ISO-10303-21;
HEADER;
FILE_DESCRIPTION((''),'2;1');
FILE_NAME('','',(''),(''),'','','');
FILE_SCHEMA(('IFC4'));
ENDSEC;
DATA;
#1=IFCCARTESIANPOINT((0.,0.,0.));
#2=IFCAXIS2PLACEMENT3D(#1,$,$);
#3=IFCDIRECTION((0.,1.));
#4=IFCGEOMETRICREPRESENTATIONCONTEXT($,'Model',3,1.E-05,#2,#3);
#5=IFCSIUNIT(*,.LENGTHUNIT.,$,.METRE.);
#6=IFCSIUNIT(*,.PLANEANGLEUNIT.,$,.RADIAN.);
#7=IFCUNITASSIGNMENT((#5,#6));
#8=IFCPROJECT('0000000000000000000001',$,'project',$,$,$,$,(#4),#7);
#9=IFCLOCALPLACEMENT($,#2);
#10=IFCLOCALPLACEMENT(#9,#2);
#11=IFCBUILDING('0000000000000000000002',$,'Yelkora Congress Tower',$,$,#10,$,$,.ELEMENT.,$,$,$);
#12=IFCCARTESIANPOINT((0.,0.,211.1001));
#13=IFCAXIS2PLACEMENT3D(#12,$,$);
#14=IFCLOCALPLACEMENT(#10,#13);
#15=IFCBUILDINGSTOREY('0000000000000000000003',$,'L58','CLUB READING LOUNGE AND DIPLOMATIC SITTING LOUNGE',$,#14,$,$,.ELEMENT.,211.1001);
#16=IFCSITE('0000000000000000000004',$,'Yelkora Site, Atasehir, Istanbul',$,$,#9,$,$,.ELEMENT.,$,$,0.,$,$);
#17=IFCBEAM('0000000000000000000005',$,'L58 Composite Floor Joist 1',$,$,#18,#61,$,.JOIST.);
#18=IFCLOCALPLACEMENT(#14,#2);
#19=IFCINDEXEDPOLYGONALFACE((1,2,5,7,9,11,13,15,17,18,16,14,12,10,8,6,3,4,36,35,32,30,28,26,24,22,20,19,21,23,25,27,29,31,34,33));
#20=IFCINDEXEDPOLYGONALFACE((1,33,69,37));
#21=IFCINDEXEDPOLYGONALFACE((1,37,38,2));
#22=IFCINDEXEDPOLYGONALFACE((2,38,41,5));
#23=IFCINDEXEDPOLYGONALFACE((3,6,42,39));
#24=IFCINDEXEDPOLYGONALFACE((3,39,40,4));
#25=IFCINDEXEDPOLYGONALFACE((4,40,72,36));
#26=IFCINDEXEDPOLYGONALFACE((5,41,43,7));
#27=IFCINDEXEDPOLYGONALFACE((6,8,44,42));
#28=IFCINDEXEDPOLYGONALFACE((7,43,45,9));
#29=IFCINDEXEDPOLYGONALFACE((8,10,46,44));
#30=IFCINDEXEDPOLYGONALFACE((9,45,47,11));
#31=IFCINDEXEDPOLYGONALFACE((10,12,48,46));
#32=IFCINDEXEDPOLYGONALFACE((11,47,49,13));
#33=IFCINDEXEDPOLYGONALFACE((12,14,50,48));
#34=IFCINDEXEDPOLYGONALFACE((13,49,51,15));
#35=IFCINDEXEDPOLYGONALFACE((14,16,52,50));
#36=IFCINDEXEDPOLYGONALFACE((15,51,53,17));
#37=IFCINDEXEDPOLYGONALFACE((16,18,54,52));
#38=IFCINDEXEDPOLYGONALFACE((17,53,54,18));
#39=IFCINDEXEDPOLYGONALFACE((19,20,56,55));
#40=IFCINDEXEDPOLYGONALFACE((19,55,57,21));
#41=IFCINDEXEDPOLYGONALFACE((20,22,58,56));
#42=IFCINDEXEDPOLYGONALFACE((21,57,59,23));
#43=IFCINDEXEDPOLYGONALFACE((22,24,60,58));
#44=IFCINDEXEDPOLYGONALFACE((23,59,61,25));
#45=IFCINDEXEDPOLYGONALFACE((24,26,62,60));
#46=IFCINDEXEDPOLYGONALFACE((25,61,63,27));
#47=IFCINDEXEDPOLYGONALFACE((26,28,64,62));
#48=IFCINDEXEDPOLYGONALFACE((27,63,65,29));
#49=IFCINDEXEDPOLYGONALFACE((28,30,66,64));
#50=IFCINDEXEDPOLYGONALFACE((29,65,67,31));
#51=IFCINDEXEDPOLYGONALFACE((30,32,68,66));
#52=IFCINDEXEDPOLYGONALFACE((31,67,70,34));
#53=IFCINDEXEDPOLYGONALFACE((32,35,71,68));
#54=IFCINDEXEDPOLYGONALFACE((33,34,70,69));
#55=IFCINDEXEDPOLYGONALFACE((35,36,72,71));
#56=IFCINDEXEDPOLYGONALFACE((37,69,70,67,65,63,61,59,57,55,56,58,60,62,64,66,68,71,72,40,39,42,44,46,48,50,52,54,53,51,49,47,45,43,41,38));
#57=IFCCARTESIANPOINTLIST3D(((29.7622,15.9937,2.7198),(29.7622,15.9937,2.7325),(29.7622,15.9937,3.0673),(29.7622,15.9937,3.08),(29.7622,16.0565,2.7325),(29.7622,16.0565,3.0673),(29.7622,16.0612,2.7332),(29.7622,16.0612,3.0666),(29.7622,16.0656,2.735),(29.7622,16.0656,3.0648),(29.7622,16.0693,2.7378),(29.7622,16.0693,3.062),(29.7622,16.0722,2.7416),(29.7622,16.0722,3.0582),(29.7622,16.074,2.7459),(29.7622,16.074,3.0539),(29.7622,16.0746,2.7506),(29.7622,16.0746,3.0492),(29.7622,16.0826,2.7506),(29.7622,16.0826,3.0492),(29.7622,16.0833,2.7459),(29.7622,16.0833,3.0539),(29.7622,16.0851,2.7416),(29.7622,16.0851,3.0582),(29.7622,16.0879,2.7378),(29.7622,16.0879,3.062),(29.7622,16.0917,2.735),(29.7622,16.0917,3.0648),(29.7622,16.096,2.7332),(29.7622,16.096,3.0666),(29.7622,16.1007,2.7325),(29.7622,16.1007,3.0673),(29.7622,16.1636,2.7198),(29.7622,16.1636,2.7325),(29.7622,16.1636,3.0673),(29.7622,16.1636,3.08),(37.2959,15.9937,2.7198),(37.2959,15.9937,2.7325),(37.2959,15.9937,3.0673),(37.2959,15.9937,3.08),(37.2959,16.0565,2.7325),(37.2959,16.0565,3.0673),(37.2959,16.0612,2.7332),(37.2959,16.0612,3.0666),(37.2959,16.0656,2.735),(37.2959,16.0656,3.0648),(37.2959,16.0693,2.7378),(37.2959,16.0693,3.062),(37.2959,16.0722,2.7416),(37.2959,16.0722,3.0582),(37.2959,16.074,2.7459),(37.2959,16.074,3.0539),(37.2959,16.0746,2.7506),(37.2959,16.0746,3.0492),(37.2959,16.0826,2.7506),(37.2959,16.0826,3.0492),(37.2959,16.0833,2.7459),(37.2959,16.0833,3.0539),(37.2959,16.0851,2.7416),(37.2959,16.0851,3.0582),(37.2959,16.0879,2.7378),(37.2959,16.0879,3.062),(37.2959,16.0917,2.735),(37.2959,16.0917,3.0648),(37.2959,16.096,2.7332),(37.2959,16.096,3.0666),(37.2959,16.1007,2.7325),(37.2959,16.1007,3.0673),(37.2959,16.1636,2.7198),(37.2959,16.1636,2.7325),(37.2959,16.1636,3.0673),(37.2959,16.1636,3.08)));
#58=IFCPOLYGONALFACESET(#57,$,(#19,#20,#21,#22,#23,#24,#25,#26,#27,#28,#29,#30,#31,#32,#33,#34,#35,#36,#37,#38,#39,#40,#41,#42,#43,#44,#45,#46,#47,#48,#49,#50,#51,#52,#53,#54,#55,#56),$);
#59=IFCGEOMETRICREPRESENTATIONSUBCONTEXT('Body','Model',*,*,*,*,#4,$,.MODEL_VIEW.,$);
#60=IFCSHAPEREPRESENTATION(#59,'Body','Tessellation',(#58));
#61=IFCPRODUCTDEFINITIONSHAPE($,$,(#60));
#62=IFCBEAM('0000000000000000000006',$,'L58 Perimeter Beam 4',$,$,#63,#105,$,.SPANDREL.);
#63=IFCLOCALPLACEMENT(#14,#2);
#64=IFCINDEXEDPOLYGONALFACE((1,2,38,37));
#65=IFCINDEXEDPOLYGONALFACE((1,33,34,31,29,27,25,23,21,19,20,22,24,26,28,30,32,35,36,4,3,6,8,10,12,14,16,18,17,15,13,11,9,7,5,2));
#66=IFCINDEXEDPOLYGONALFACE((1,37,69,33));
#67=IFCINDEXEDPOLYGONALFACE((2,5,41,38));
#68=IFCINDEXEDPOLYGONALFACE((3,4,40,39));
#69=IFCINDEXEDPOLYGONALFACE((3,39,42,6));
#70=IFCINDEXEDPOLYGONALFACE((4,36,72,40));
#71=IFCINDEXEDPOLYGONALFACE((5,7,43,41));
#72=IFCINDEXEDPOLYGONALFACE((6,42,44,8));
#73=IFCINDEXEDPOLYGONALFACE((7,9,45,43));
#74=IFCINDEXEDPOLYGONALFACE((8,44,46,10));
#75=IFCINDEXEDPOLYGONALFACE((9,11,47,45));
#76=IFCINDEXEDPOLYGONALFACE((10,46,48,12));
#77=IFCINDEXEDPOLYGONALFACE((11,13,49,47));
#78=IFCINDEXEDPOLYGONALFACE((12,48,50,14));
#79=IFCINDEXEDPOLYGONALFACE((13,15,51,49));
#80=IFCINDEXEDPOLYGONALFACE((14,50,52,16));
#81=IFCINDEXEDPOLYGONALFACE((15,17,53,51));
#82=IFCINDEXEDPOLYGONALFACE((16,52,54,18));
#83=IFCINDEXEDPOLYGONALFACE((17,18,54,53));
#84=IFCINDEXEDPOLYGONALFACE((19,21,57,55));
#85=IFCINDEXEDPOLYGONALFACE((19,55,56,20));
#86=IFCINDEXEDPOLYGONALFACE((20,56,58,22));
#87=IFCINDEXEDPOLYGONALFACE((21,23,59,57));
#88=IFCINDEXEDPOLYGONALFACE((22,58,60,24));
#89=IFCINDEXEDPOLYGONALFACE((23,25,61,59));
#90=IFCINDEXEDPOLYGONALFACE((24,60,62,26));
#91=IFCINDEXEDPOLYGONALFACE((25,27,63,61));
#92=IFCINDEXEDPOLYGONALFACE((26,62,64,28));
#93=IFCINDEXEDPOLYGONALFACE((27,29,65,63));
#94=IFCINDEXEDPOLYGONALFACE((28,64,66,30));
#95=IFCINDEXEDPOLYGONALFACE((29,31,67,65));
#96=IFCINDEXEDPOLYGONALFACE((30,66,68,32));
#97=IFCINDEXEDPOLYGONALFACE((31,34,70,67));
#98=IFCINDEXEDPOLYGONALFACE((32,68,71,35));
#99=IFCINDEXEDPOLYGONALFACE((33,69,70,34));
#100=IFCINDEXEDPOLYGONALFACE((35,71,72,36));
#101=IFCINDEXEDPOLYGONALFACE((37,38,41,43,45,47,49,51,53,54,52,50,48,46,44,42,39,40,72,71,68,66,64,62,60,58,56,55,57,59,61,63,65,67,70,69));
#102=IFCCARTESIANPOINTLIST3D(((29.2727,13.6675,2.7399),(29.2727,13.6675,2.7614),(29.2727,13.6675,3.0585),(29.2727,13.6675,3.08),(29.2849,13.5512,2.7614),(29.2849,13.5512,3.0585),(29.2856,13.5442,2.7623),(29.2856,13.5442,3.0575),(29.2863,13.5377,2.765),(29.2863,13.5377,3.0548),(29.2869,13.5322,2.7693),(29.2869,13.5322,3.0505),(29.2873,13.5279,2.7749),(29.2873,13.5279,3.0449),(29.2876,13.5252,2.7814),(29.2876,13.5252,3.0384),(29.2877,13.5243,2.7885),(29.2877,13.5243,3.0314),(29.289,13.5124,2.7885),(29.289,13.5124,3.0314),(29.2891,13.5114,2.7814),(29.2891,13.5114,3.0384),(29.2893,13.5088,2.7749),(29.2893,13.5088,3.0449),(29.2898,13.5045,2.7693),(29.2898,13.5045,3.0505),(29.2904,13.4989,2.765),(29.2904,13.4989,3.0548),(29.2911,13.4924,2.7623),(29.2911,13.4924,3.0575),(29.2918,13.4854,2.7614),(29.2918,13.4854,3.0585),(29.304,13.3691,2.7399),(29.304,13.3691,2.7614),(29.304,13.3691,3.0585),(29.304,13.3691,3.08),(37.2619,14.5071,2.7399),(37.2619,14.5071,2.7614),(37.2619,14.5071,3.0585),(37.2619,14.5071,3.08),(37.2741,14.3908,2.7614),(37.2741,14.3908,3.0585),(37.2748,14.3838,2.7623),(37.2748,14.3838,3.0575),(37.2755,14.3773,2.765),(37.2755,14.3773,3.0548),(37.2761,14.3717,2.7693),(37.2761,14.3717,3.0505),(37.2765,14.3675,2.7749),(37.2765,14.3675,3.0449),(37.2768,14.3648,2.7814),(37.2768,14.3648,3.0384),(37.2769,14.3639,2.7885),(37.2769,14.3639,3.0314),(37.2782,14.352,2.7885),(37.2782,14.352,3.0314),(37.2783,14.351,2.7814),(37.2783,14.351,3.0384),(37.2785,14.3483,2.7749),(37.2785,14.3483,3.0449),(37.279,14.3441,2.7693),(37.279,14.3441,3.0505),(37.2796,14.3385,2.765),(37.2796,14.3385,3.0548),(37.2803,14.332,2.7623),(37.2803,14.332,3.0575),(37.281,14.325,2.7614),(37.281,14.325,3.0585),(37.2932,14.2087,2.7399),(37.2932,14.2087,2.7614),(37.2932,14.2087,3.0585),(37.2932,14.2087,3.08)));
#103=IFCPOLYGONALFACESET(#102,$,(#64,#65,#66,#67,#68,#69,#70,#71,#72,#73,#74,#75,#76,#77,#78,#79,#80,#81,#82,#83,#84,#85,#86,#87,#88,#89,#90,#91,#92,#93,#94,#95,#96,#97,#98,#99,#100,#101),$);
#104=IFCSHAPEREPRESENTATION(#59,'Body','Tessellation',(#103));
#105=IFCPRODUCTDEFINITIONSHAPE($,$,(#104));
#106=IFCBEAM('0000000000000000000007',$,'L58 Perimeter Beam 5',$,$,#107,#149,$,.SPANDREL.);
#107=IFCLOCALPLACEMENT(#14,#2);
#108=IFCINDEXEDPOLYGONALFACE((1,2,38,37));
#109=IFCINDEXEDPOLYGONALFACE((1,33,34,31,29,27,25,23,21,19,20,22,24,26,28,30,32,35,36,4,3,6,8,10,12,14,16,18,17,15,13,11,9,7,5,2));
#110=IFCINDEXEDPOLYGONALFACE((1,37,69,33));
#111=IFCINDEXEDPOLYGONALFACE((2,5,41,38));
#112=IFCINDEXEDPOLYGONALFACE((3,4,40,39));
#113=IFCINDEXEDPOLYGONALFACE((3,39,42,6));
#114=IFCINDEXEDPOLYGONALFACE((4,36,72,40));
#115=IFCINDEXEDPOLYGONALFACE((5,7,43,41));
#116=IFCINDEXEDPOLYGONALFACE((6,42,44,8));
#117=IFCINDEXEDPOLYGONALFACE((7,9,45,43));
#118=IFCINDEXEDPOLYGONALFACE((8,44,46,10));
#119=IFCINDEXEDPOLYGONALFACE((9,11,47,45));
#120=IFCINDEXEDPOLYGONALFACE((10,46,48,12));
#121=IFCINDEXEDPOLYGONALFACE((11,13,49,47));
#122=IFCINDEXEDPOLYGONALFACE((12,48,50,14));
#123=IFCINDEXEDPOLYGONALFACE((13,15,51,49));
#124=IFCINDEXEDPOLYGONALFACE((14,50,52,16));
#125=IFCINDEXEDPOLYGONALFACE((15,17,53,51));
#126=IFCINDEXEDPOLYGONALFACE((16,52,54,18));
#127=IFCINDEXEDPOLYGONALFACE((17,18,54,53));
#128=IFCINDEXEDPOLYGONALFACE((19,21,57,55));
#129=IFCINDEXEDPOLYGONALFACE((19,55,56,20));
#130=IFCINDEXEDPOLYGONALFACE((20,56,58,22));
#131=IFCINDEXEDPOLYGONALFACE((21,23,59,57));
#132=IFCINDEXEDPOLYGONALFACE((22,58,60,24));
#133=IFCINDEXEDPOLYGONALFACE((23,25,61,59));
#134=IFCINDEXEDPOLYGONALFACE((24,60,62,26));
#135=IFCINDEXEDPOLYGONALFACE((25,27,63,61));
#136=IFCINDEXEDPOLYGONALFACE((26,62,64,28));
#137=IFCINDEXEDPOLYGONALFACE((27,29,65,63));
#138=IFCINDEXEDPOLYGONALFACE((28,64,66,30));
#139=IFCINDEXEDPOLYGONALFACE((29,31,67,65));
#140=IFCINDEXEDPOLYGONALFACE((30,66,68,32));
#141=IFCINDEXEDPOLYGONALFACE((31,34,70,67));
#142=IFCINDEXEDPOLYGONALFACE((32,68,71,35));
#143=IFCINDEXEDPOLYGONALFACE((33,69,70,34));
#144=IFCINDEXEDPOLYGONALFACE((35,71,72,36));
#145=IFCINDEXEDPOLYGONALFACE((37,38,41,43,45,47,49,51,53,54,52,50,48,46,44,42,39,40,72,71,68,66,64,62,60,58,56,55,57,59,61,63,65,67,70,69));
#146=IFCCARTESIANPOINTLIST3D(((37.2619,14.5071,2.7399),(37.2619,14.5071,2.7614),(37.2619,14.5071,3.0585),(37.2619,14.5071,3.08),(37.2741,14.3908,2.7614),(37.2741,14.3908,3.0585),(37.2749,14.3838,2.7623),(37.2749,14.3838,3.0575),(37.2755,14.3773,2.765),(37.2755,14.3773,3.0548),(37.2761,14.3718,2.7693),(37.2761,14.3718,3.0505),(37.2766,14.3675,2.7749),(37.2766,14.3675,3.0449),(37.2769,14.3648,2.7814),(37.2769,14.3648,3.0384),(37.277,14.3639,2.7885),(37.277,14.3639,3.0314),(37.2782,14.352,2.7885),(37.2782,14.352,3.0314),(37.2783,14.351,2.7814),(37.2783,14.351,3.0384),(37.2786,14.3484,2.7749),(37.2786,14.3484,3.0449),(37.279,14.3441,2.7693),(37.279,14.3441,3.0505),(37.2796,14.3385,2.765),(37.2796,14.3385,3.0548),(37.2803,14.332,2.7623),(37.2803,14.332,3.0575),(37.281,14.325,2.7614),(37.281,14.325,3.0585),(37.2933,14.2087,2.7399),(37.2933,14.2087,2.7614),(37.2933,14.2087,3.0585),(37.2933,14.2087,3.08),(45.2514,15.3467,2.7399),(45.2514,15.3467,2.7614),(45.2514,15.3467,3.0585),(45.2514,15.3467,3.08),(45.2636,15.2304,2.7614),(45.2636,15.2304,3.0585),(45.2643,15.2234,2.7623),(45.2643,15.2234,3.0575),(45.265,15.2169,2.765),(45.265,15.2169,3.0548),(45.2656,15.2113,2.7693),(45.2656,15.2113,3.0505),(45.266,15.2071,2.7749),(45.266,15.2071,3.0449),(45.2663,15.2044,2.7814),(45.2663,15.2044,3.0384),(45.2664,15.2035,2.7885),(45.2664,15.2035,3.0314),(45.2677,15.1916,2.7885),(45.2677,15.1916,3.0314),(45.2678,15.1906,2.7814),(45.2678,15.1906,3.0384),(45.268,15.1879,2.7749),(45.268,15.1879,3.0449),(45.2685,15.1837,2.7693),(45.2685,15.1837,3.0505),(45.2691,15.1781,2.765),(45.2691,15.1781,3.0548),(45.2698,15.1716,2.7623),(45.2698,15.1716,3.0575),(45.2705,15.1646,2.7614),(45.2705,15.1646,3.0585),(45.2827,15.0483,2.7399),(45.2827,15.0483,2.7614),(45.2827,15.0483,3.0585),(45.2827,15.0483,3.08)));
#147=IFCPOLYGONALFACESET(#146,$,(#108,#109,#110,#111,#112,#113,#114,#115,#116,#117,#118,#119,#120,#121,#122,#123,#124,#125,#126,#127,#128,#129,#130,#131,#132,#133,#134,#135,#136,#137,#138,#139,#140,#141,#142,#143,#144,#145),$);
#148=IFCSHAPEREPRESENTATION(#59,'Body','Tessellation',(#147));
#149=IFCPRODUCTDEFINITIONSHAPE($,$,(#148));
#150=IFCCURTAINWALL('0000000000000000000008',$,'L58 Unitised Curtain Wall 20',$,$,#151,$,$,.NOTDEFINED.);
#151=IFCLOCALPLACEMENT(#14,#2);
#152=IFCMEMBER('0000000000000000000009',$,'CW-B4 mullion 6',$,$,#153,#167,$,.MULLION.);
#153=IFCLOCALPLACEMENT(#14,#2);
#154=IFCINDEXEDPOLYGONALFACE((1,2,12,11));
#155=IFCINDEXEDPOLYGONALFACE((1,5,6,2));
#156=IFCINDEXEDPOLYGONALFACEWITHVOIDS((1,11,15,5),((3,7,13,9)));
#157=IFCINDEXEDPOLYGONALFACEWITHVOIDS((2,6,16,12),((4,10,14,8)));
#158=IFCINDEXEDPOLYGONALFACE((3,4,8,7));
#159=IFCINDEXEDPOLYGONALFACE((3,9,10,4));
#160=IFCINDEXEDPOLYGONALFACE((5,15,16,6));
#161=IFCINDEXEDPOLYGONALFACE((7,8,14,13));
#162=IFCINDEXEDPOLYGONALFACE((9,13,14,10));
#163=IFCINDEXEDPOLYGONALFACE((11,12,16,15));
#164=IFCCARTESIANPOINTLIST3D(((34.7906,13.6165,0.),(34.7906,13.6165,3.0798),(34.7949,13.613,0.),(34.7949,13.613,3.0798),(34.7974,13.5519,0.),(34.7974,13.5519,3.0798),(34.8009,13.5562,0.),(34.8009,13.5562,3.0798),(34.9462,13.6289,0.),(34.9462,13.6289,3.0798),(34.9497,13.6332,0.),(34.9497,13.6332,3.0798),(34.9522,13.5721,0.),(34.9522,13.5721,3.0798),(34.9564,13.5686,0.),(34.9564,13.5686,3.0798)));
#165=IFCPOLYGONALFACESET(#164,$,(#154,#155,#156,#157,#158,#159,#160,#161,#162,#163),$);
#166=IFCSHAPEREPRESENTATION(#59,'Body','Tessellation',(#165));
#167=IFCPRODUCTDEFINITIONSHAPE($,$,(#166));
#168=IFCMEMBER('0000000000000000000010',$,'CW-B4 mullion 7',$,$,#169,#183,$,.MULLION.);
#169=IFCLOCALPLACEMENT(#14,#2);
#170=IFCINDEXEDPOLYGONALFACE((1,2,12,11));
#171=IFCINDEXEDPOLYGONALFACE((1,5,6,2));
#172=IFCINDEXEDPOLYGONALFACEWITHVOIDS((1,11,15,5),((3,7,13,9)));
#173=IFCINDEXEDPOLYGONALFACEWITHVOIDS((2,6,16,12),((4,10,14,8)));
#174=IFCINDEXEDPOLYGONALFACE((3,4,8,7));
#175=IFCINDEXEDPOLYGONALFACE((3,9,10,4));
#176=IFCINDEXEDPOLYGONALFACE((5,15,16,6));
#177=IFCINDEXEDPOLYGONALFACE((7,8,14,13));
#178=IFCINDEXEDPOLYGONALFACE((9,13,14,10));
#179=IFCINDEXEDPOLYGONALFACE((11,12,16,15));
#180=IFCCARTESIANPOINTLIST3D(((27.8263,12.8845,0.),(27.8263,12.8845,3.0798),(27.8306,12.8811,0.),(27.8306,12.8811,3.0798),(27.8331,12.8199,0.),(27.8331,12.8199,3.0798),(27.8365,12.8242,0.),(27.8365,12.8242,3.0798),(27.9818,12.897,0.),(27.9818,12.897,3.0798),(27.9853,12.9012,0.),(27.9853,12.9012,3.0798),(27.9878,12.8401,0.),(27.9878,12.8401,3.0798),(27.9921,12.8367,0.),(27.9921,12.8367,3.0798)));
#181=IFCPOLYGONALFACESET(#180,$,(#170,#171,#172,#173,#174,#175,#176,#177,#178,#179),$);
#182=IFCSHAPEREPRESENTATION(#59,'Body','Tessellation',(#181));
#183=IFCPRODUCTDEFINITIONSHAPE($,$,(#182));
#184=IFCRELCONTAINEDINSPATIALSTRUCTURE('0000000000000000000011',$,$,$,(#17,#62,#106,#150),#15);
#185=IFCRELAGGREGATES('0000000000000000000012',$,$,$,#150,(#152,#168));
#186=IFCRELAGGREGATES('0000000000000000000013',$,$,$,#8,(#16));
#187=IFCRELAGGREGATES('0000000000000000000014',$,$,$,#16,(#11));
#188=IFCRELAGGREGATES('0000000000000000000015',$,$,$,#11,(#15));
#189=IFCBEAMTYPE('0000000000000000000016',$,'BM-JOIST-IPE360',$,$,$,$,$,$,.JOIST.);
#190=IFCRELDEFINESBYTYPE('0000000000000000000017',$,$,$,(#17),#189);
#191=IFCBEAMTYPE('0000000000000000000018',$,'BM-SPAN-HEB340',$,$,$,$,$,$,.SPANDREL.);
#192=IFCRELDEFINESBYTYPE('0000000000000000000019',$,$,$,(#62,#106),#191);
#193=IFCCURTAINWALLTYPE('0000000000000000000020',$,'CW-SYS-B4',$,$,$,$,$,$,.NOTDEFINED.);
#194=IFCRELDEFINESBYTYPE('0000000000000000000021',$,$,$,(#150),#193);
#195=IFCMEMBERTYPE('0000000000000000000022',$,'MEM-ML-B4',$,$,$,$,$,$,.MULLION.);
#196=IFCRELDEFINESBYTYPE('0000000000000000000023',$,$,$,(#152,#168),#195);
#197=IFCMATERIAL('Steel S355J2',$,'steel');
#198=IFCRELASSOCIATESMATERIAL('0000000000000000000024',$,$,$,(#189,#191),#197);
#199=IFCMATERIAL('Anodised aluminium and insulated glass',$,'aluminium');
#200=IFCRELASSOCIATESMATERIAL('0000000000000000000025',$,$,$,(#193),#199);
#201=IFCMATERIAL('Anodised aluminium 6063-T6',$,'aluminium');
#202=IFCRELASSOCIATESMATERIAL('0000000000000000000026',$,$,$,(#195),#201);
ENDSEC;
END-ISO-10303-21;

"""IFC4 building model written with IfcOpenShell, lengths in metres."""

from ifc_helpers import new_model, si_unit, direction, frame, origin, origin_2d, place, context, subcontext, project, spatial, hollow_rectangle, i_section, extrude, material, material_profile, profile_set, type_object, element, aggregate, save


model = new_model("IFC4")

# Units and contexts
model_context = context("Model", 3, precision=1e-05, world=origin(), true_north=direction((0.0, 1.0)))
body_context = subcontext(model_context, "Body", "Model", "MODEL_VIEW")
ifc_project = project(units=[si_unit("LENGTHUNIT", "METRE"), si_unit("PLANEANGLEUNIT", "RADIAN")], contexts=[model_context])

# Site, building, storey
site_placement = place(None, origin())
site = spatial("IfcSite", under=ifc_project, at=site_placement, Name="Yelkora Site, Atasehir, Istanbul", CompositionType="ELEMENT", RefElevation=0.0)
building_placement = place(site_placement, origin())
building = spatial("IfcBuilding", under=site, at=building_placement, Name="Yelkora Congress Tower", CompositionType="ELEMENT")
storey_placement = place(building_placement, frame((0.0, 0.0, 211.1001)))
storey = spatial("IfcBuildingStorey", under=building, at=storey_placement, Name="L58", Description="CLUB READING LOUNGE AND DIPLOMATIC SITTING LOUNGE", CompositionType="ELEMENT", Elevation=211.1001)

# Shared definitions
ifc_material_1 = material(Name="Steel S355J2", Category="steel")

# Beams
ifc_material_profile_1 = material_profile(ifc_material_1, i_section(OverallWidth=0.1699, OverallDepth=0.3601, WebThickness=0.0081, FlangeThickness=0.0127, FilletRadius=0.0181, at=origin_2d()), Name="IPE 360")
ifc_profile_set_1 = profile_set([ifc_material_profile_1], Name="Steel S355J2")
beam_type_1 = type_object("IfcBeamType", Name="BM-JOIST-IPE360", PredefinedType="JOIST", material=ifc_profile_set_1)
beam_1_placement = place(storey_placement, frame((29.7622, 16.0786, 2.8999), z_axis=(1.0, 0.0, 0.0), x_axis=(0.0, 1.0, 0.0)))
element("IfcBeam", 1, at=beam_1_placement, inside=storey, type_object=beam_type_1, Name="L58 Composite Floor Joist 1", PredefinedType="JOIST", context=body_context, shape_type="SweptSolid", body=[
    extrude(i_section(OverallWidth=0.1699, OverallDepth=0.3601, WebThickness=0.0081, FlangeThickness=0.0127, FilletRadius=0.0181, at=origin_2d()), origin(), (0.0, 0.0, 1.0), 7.5337),
])
ifc_material_profile_2 = material_profile(ifc_material_1, i_section(OverallWidth=0.3, OverallDepth=0.3401, WebThickness=0.012, FlangeThickness=0.0215, FilletRadius=0.0271, at=origin_2d()), Name="HEB 340")
ifc_profile_set_2 = profile_set([ifc_material_profile_2], Name="Steel S355J2")
beam_type_2 = type_object("IfcBeamType", Name="BM-SPAN-HEB340", PredefinedType="SPANDREL", material=ifc_profile_set_2)
beam_2_placement = place(storey_placement, frame((29.2883, 13.5183, 2.9099), z_axis=(0.994523, 0.104516, 0.0), x_axis=(-0.104516, 0.994523, 0.0)))
element("IfcBeam", 2, at=beam_2_placement, inside=storey, type_object=beam_type_2, Name="L58 Perimeter Beam 4", PredefinedType="SPANDREL", context=body_context, shape_type="SweptSolid", body=[
    extrude(i_section(OverallWidth=0.3, OverallDepth=0.3401, WebThickness=0.012, FlangeThickness=0.0215, FilletRadius=0.0271, at=origin_2d()), origin(), (0.0, 0.0, 1.0), 8.0332),
])
beam_3_placement = place(storey_placement, frame((37.2776, 14.3579, 2.9099), z_axis=(0.994524, 0.104512, 0.0), x_axis=(-0.104512, 0.994524, 0.0)))
element("IfcBeam", 3, at=beam_3_placement, inside=storey, type_object=beam_type_2, Name="L58 Perimeter Beam 5", PredefinedType="SPANDREL", context=body_context, shape_type="SweptSolid", body=[
    extrude(i_section(OverallWidth=0.3, OverallDepth=0.3401, WebThickness=0.012, FlangeThickness=0.0215, FilletRadius=0.0271, at=origin_2d()), origin(), (0.0, 0.0, 1.0), 8.0334),
])

# Curtain wall, members
ifc_material_2 = material(Name="Anodised aluminium and insulated glass", Category="aluminium")
curtain_wall_type = type_object("IfcCurtainWallType", Name="CW-SYS-B4", PredefinedType="NOTDEFINED", material=ifc_material_2)
curtain_wall_placement = place(storey_placement, origin())
curtain_wall = element("IfcCurtainWall", 4, at=curtain_wall_placement, inside=storey, type_object=curtain_wall_type, Name="L58 Unitised Curtain Wall 20", PredefinedType="NOTDEFINED")
ifc_material_3 = material(Name="Anodised aluminium 6063-T6", Category="aluminium")
ifc_material_profile_3 = material_profile(ifc_material_3, hollow_rectangle(XDim=0.0649, YDim=0.1599, WallThickness=0.0039, at=origin_2d()), Name="ALU 65x160x4")
ifc_profile_set_3 = profile_set([ifc_material_profile_3], Name="Anodised aluminium 6063-T6")
member_type_1 = type_object("IfcMemberType", Name="MEM-ML-B4", PredefinedType="MULLION", material=ifc_profile_set_3)
member_1_placement = place(storey_placement, frame((34.8735, 13.5925, 0.0), z_axis=(0.0, 0.0, 1.0), x_axis=(0.104527, -0.994522, 0.0)))
member_1 = element("IfcMember", 5, at=member_1_placement, type_object=member_type_1, Name="CW-B4 mullion 6", PredefinedType="MULLION", context=body_context, shape_type="SweptSolid", body=[
    extrude(hollow_rectangle(XDim=0.0649, YDim=0.1599, WallThickness=0.0039, at=origin_2d()), origin(), (0.0, 0.0, 1.0), 3.0798),
])
member_2_placement = place(storey_placement, frame((27.9092, 12.8606, 0.0), z_axis=(0.0, 0.0, 1.0), x_axis=(0.104527, -0.994522, 0.0)))
member_2 = element("IfcMember", 6, at=member_2_placement, type_object=member_type_1, Name="CW-B4 mullion 7", PredefinedType="MULLION", context=body_context, shape_type="SweptSolid", body=[
    extrude(hollow_rectangle(XDim=0.0649, YDim=0.1599, WallThickness=0.0039, at=origin_2d()), origin(), (0.0, 0.0, 1.0), 3.0798),
])
aggregate(curtain_wall, [member_1, member_2])

save(model, "model.ifc")
